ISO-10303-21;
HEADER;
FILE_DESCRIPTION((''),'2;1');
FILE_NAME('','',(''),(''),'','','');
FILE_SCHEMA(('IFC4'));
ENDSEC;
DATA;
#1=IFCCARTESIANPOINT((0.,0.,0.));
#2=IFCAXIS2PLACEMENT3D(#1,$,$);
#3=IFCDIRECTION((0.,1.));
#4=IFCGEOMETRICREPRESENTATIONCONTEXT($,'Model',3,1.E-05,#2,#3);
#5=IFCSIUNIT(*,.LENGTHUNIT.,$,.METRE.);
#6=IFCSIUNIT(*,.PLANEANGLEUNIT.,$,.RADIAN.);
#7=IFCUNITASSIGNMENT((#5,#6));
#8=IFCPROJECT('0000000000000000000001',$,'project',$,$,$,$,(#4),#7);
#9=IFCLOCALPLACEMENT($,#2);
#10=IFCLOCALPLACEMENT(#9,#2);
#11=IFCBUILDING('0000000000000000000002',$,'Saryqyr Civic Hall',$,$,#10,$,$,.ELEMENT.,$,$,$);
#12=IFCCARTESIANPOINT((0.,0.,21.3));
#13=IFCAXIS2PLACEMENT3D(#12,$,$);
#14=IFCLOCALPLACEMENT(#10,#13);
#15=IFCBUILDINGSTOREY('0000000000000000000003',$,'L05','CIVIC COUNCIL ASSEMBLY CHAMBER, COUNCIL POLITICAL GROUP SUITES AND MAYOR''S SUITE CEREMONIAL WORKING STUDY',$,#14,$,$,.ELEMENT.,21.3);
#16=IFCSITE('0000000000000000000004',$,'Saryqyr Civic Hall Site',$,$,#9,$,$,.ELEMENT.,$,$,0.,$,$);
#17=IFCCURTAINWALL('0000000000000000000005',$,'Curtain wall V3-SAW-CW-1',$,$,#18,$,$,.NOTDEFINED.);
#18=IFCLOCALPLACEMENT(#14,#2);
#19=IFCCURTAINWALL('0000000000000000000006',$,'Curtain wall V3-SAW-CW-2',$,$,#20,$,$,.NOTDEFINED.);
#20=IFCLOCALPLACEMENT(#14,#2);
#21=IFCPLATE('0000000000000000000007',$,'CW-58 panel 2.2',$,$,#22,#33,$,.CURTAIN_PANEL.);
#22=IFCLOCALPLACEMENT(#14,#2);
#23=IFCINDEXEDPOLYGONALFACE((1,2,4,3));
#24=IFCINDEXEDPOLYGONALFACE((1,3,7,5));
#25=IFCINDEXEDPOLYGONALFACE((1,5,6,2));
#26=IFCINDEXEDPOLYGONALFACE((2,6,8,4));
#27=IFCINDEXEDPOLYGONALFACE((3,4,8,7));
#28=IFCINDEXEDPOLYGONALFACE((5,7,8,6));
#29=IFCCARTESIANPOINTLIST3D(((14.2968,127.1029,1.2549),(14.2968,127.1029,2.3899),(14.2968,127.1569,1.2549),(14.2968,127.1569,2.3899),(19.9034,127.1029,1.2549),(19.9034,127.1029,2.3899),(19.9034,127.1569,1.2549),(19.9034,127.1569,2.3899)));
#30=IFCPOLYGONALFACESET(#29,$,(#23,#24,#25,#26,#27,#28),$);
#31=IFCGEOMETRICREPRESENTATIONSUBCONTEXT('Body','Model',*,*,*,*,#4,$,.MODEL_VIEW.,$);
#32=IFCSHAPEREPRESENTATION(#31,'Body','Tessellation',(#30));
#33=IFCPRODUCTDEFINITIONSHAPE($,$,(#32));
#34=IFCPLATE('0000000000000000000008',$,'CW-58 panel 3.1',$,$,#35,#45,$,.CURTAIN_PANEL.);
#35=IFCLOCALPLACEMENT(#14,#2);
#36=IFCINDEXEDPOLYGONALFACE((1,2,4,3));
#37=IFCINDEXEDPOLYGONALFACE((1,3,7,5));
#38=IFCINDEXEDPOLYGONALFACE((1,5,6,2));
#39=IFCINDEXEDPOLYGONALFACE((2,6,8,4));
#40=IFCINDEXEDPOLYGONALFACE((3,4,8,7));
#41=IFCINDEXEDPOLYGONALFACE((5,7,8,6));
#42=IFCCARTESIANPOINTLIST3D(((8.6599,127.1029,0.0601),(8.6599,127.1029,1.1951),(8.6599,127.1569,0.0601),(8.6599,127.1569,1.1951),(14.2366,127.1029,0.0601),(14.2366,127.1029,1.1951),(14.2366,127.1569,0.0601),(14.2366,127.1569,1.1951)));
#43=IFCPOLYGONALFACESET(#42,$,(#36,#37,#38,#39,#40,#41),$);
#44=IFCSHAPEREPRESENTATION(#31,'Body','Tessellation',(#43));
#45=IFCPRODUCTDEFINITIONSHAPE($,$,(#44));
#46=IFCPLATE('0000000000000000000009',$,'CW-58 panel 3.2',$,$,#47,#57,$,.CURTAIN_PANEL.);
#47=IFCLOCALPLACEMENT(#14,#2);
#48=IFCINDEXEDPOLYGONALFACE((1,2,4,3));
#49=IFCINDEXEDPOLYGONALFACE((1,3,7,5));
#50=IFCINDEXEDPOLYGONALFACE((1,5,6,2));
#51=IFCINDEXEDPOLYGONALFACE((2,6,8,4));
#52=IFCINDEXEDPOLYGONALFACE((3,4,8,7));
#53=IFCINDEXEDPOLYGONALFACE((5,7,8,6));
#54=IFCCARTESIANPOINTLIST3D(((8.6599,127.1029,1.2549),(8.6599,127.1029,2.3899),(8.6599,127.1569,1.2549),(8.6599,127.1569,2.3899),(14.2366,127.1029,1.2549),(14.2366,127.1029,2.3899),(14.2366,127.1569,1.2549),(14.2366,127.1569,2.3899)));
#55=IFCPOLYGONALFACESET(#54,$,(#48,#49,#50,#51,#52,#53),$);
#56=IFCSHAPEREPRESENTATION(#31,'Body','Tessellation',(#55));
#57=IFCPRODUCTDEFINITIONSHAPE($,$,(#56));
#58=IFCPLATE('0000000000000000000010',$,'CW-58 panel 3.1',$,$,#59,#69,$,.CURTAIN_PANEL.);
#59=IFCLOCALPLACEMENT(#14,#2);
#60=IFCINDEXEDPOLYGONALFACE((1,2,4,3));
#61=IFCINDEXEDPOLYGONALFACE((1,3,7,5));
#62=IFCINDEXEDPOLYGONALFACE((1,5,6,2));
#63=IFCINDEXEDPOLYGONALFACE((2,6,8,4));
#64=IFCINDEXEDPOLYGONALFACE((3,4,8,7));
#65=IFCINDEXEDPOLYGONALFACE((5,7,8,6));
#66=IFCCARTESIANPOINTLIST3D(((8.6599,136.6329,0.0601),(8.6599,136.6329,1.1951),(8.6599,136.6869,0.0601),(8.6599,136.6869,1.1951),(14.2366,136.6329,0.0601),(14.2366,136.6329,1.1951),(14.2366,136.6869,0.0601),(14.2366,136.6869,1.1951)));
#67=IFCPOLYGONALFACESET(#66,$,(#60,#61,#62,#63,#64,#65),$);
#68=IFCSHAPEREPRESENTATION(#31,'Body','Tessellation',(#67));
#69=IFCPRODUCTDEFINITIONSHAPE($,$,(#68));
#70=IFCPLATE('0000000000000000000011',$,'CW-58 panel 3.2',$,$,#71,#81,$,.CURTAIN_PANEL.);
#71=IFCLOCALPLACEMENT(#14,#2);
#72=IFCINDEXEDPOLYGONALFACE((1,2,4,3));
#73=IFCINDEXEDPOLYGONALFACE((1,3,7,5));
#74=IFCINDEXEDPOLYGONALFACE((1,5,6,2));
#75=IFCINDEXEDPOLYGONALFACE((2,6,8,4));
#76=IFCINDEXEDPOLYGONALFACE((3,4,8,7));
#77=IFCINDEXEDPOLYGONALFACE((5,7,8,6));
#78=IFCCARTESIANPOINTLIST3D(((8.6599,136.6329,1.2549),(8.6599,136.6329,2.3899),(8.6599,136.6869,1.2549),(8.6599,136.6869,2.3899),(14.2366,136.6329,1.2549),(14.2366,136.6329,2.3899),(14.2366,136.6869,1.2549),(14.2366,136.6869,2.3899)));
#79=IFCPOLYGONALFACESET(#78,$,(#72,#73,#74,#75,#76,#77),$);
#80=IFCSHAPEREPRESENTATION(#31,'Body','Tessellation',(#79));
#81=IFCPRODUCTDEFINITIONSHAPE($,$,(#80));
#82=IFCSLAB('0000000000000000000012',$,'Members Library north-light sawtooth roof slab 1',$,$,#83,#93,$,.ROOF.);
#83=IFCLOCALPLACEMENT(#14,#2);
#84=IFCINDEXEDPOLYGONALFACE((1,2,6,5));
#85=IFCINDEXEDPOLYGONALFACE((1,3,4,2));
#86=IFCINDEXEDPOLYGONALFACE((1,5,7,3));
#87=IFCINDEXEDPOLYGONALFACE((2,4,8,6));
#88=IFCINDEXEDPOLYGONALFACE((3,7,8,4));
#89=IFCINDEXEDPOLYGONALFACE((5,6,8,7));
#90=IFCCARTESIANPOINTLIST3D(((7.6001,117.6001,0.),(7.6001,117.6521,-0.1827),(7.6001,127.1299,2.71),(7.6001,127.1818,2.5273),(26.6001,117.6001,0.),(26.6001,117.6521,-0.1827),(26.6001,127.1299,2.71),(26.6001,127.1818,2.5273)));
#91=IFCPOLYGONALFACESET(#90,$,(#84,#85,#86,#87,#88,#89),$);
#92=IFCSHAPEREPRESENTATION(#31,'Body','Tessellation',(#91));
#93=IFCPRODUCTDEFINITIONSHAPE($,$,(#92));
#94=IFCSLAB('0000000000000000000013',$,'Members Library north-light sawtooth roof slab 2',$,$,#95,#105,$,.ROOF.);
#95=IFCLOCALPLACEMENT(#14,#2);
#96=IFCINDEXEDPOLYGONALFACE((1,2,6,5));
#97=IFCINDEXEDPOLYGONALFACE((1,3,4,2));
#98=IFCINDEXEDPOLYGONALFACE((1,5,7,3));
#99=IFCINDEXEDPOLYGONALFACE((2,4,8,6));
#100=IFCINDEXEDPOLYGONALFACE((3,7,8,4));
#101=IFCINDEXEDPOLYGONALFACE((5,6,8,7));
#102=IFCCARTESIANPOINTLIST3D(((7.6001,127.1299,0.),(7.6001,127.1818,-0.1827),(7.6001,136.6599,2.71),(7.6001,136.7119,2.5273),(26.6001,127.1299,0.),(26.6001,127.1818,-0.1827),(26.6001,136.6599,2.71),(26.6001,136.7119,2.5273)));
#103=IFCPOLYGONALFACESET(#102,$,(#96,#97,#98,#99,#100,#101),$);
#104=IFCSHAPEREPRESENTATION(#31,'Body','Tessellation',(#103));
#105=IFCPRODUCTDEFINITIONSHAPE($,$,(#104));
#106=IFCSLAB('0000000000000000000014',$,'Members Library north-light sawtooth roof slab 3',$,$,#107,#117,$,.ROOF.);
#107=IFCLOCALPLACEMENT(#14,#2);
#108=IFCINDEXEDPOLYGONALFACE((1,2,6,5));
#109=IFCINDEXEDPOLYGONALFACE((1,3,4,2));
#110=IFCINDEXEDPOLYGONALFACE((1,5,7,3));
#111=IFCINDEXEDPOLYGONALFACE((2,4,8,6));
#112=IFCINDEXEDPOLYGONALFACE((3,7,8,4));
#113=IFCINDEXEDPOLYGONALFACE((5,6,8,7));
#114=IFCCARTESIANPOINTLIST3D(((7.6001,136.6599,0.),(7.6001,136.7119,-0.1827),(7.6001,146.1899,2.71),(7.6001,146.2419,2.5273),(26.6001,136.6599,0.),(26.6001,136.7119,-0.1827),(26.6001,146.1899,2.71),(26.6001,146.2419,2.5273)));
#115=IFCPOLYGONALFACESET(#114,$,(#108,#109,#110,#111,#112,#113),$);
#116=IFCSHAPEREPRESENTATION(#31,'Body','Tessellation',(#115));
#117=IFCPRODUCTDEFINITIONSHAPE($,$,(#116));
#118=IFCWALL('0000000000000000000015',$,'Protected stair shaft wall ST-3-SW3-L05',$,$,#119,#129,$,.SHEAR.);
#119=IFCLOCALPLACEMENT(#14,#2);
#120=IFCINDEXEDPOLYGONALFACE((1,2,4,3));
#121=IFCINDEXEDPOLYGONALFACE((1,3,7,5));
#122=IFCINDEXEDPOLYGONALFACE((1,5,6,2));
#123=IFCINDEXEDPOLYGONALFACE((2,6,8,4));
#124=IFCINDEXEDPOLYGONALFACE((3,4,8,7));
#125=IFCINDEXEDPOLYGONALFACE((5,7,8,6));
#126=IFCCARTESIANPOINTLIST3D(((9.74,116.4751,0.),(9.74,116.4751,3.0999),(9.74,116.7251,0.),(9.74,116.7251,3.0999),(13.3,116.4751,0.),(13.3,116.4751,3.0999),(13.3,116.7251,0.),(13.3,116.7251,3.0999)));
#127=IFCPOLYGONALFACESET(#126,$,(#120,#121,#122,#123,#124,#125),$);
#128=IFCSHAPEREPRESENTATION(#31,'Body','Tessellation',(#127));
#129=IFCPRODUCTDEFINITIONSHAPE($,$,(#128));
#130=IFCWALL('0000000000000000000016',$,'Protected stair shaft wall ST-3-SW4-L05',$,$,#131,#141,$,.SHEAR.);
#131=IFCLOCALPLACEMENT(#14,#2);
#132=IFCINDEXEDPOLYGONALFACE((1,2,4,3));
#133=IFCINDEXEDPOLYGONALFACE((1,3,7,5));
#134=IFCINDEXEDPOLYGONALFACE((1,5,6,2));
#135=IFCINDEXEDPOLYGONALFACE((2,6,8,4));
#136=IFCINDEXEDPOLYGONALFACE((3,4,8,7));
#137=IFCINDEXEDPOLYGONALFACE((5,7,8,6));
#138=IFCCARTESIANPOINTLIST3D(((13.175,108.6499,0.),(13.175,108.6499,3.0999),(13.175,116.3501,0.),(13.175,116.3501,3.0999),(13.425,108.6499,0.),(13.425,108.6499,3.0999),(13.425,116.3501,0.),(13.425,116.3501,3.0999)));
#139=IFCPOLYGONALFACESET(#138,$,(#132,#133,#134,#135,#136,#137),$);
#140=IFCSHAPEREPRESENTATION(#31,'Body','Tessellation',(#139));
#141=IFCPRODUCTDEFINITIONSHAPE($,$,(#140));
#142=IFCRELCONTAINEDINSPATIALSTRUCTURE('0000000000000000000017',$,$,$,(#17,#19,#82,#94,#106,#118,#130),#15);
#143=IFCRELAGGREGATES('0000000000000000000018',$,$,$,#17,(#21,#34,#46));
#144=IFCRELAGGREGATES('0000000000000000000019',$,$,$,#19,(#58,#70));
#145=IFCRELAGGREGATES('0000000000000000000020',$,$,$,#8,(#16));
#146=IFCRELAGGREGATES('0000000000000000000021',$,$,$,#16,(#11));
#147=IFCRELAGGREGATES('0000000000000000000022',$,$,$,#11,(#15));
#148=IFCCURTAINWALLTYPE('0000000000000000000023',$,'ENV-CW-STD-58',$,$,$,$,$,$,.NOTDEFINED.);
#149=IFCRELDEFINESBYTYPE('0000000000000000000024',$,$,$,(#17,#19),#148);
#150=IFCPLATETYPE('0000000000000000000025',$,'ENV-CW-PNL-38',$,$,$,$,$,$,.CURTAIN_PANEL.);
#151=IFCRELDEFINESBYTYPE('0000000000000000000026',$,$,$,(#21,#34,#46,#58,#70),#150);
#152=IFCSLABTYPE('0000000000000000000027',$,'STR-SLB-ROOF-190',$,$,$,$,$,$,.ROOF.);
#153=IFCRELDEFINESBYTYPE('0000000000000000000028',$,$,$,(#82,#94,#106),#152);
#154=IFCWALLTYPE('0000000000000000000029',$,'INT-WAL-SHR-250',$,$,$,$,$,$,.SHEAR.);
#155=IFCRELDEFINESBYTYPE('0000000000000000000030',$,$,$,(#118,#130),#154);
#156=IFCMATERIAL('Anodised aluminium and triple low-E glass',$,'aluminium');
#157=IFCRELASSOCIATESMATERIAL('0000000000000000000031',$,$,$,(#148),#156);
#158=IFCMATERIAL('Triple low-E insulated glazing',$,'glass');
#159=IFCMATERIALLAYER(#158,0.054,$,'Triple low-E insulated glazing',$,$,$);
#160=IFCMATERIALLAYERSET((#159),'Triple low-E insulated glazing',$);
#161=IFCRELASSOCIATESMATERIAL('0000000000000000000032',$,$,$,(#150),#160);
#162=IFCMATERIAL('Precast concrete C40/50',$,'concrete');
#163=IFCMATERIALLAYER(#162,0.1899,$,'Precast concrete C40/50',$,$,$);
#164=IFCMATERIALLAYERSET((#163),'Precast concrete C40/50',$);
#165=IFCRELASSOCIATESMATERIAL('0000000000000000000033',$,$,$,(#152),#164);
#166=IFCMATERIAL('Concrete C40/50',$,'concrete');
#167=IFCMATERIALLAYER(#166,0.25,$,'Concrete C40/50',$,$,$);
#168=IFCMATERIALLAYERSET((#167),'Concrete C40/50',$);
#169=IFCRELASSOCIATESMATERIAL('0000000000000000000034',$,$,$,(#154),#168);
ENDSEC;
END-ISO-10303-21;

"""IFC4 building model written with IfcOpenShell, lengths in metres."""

from ifc_helpers import new_model, si_unit, direction, frame, frame_2d, origin, origin_2d, place, context, subcontext, project, spatial, polyline, rectangle, outline, extrude, material, layer, layer_set, type_object, element, aggregate, save


model = new_model("IFC4")

# Units and contexts
model_context = context("Model", 3, precision=1e-05, world=origin(), true_north=direction((0.0, 1.0)))
body_context = subcontext(model_context, "Body", "Model", "MODEL_VIEW")
ifc_project = project(units=[si_unit("LENGTHUNIT", "METRE"), si_unit("PLANEANGLEUNIT", "RADIAN")], contexts=[model_context])

# Site, building, storey
site_placement = place(None, origin())
site = spatial("IfcSite", under=ifc_project, at=site_placement, Name="Saryqyr Civic Hall Site", CompositionType="ELEMENT", RefElevation=0.0)
building_placement = place(site_placement, origin())
building = spatial("IfcBuilding", under=site, at=building_placement, Name="Saryqyr Civic Hall", CompositionType="ELEMENT")
storey_placement = place(building_placement, frame((0.0, 0.0, 21.3)))
storey = spatial("IfcBuildingStorey", under=building, at=storey_placement, Name="L05", Description="CIVIC COUNCIL ASSEMBLY CHAMBER, COUNCIL POLITICAL GROUP SUITES AND MAYOR'S SUITE CEREMONIAL WORKING STUDY", CompositionType="ELEMENT", Elevation=21.3)

# Shared definitions
ifc_material_1 = material(Name="Concrete C40/50", Category="concrete")

# Curtain walls
ifc_material_2 = material(Name="Anodised aluminium and triple low-E glass", Category="aluminium")
curtain_wall_type = type_object("IfcCurtainWallType", Name="ENV-CW-STD-58", PredefinedType="NOTDEFINED", material=ifc_material_2)
curtain_wall_1_placement = place(storey_placement, origin())
curtain_wall_1 = element("IfcCurtainWall", 1, at=curtain_wall_1_placement, inside=storey, type_object=curtain_wall_type, Name="Curtain wall V3-SAW-CW-1", PredefinedType="NOTDEFINED")
curtain_wall_2_placement = place(storey_placement, origin())
curtain_wall_2 = element("IfcCurtainWall", 2, at=curtain_wall_2_placement, inside=storey, type_object=curtain_wall_type, Name="Curtain wall V3-SAW-CW-2", PredefinedType="NOTDEFINED")

# Plates
ifc_material_3 = material(Name="Triple low-E insulated glazing", Category="glass")
ifc_layer_1 = layer(ifc_material_3, 0.054, Name="Triple low-E insulated glazing")
ifc_layer_set_1 = layer_set([ifc_layer_1], Name="Triple low-E insulated glazing")
plate_type = type_object("IfcPlateType", Name="ENV-CW-PNL-38", PredefinedType="CURTAIN_PANEL", material=ifc_layer_set_1)
plate_1_placement = place(storey_placement, frame((17.1001, 127.1299, 1.2549), z_axis=(0.0, 0.0, 1.0), x_axis=(-1.0, 0.0, 0.0)))
plate_1 = element("IfcPlate", 3, at=plate_1_placement, type_object=plate_type, Name="CW-58 panel 2.2", PredefinedType="CURTAIN_PANEL", context=body_context, shape_type="SweptSolid", body=[
    extrude(rectangle(XDim=5.6067, YDim=0.054, at=origin_2d()), origin(), (0.0, 0.0, 1.0), 1.135),
])
plate_2_placement = place(storey_placement, frame((11.4482, 127.1299, 0.0601), z_axis=(0.0, 0.0, 1.0), x_axis=(-1.0, 0.0, 0.0)))
plate_2 = element("IfcPlate", 4, at=plate_2_placement, type_object=plate_type, Name="CW-58 panel 3.1", PredefinedType="CURTAIN_PANEL", context=body_context, shape_type="SweptSolid", body=[
    extrude(rectangle(XDim=5.5767, YDim=0.054, at=origin_2d()), origin(), (0.0, 0.0, 1.0), 1.135),
])
plate_3_placement = place(storey_placement, frame((11.4482, 127.1299, 1.2549), z_axis=(0.0, 0.0, 1.0), x_axis=(-1.0, 0.0, 0.0)))
plate_3 = element("IfcPlate", 5, at=plate_3_placement, type_object=plate_type, Name="CW-58 panel 3.2", PredefinedType="CURTAIN_PANEL", context=body_context, shape_type="SweptSolid", body=[
    extrude(rectangle(XDim=5.5767, YDim=0.054, at=origin_2d()), origin(), (0.0, 0.0, 1.0), 1.135),
])
aggregate(curtain_wall_1, [plate_1, plate_2, plate_3])
plate_4_placement = place(storey_placement, frame((11.4482, 136.6599, 0.0601), z_axis=(0.0, 0.0, 1.0), x_axis=(-1.0, 0.0, 0.0)))
plate_4 = element("IfcPlate", 6, at=plate_4_placement, type_object=plate_type, Name="CW-58 panel 3.1", PredefinedType="CURTAIN_PANEL", context=body_context, shape_type="SweptSolid", body=[
    extrude(rectangle(XDim=5.5767, YDim=0.054, at=origin_2d()), origin(), (0.0, 0.0, 1.0), 1.135),
])
plate_5_placement = place(storey_placement, frame((11.4482, 136.6599, 1.2549), z_axis=(0.0, 0.0, 1.0), x_axis=(-1.0, 0.0, 0.0)))
plate_5 = element("IfcPlate", 7, at=plate_5_placement, type_object=plate_type, Name="CW-58 panel 3.2", PredefinedType="CURTAIN_PANEL", context=body_context, shape_type="SweptSolid", body=[
    extrude(rectangle(XDim=5.5767, YDim=0.054, at=origin_2d()), origin(), (0.0, 0.0, 1.0), 1.135),
])
aggregate(curtain_wall_2, [plate_4, plate_5])

# Slabs
ifc_material_4 = material(Name="Precast concrete C40/50", Category="concrete")
ifc_layer_2 = layer(ifc_material_4, 0.1899, Name="Precast concrete C40/50")
ifc_layer_set_2 = layer_set([ifc_layer_2], Name="Precast concrete C40/50")
slab_type = type_object("IfcSlabType", Name="STR-SLB-ROOF-190", PredefinedType="ROOF", material=ifc_layer_set_2)
slab_placement = place(storey_placement, frame((7.6001, 117.6001, 0.0), z_axis=(0.0, -0.273523, 0.961865), x_axis=(1.0, 0.0, 0.0)))
element("IfcSlab", 8, at=slab_placement, inside=storey, type_object=slab_type, Name="Members Library north-light sawtooth roof slab 1", PredefinedType="ROOF", context=body_context, shape_type="SweptSolid", body=[
    extrude(outline(polyline([(0.0, 0.0), (19.0, 0.0), (19.0, 9.9076), (0.0, 9.9076), (0.0, 0.0)])), origin(), (0.0, 0.0, -1.0), 0.1899),
])
for number, where, z_axis, x_axis, name in (
    (9, (7.6001, 127.1299, 0.0), (0.0, -0.273517, 0.961867), (1.0, 0.0, 0.0), "Members Library north-light sawtooth roof slab 2"),
    (10, (7.6001, 136.6599, 0.0), (0.0, -0.273517, 0.961867), (1.0, 0.0, 0.0), "Members Library north-light sawtooth roof slab 3"),
):
    element("IfcSlab", number, at=place(storey_placement, frame(where, z_axis=z_axis, x_axis=x_axis)), inside=storey, type_object=slab_type, Name=name, PredefinedType="ROOF", context=body_context, shape_type="SweptSolid", body=[
        extrude(outline(polyline([(0.0, 0.0), (19.0, 0.0), (19.0, 9.9078), (0.0, 9.9078), (0.0, 0.0)])), origin(), (0.0, 0.0, -1.0), 0.1899),
    ])

# Walls
ifc_layer_3 = layer(ifc_material_1, 0.25, Name="Concrete C40/50")
ifc_layer_set_3 = layer_set([ifc_layer_3], Name="Concrete C40/50")
wall_type = type_object("IfcWallType", Name="INT-WAL-SHR-250", PredefinedType="SHEAR", material=ifc_layer_set_3)
wall_1_placement = place(storey_placement, frame((9.74, 116.6001, 0.0), z_axis=(0.0, 0.0, 1.0), x_axis=(1.0, 0.0, 0.0)))
element("IfcWall", 11, at=wall_1_placement, inside=storey, type_object=wall_type, Name="Protected stair shaft wall ST-3-SW3-L05", PredefinedType="SHEAR", context=body_context, shape_type="SweptSolid", body=[
    extrude(rectangle(XDim=3.5601, YDim=0.25, at=frame_2d((1.78, 0.0))), origin(), (0.0, 0.0, 1.0), 3.0999),
])
wall_2_placement = place(storey_placement, frame((13.3, 116.3501, 0.0), z_axis=(0.0, 0.0, 1.0), x_axis=(0.0, -1.0, 0.0)))
element("IfcWall", 12, at=wall_2_placement, inside=storey, type_object=wall_type, Name="Protected stair shaft wall ST-3-SW4-L05", PredefinedType="SHEAR", context=body_context, shape_type="SweptSolid", body=[
    extrude(rectangle(XDim=7.7002, YDim=0.25, at=frame_2d((3.8501, 0.0))), origin(), (0.0, 0.0, 1.0), 3.0999),
])

save(model, "model.ifc")
